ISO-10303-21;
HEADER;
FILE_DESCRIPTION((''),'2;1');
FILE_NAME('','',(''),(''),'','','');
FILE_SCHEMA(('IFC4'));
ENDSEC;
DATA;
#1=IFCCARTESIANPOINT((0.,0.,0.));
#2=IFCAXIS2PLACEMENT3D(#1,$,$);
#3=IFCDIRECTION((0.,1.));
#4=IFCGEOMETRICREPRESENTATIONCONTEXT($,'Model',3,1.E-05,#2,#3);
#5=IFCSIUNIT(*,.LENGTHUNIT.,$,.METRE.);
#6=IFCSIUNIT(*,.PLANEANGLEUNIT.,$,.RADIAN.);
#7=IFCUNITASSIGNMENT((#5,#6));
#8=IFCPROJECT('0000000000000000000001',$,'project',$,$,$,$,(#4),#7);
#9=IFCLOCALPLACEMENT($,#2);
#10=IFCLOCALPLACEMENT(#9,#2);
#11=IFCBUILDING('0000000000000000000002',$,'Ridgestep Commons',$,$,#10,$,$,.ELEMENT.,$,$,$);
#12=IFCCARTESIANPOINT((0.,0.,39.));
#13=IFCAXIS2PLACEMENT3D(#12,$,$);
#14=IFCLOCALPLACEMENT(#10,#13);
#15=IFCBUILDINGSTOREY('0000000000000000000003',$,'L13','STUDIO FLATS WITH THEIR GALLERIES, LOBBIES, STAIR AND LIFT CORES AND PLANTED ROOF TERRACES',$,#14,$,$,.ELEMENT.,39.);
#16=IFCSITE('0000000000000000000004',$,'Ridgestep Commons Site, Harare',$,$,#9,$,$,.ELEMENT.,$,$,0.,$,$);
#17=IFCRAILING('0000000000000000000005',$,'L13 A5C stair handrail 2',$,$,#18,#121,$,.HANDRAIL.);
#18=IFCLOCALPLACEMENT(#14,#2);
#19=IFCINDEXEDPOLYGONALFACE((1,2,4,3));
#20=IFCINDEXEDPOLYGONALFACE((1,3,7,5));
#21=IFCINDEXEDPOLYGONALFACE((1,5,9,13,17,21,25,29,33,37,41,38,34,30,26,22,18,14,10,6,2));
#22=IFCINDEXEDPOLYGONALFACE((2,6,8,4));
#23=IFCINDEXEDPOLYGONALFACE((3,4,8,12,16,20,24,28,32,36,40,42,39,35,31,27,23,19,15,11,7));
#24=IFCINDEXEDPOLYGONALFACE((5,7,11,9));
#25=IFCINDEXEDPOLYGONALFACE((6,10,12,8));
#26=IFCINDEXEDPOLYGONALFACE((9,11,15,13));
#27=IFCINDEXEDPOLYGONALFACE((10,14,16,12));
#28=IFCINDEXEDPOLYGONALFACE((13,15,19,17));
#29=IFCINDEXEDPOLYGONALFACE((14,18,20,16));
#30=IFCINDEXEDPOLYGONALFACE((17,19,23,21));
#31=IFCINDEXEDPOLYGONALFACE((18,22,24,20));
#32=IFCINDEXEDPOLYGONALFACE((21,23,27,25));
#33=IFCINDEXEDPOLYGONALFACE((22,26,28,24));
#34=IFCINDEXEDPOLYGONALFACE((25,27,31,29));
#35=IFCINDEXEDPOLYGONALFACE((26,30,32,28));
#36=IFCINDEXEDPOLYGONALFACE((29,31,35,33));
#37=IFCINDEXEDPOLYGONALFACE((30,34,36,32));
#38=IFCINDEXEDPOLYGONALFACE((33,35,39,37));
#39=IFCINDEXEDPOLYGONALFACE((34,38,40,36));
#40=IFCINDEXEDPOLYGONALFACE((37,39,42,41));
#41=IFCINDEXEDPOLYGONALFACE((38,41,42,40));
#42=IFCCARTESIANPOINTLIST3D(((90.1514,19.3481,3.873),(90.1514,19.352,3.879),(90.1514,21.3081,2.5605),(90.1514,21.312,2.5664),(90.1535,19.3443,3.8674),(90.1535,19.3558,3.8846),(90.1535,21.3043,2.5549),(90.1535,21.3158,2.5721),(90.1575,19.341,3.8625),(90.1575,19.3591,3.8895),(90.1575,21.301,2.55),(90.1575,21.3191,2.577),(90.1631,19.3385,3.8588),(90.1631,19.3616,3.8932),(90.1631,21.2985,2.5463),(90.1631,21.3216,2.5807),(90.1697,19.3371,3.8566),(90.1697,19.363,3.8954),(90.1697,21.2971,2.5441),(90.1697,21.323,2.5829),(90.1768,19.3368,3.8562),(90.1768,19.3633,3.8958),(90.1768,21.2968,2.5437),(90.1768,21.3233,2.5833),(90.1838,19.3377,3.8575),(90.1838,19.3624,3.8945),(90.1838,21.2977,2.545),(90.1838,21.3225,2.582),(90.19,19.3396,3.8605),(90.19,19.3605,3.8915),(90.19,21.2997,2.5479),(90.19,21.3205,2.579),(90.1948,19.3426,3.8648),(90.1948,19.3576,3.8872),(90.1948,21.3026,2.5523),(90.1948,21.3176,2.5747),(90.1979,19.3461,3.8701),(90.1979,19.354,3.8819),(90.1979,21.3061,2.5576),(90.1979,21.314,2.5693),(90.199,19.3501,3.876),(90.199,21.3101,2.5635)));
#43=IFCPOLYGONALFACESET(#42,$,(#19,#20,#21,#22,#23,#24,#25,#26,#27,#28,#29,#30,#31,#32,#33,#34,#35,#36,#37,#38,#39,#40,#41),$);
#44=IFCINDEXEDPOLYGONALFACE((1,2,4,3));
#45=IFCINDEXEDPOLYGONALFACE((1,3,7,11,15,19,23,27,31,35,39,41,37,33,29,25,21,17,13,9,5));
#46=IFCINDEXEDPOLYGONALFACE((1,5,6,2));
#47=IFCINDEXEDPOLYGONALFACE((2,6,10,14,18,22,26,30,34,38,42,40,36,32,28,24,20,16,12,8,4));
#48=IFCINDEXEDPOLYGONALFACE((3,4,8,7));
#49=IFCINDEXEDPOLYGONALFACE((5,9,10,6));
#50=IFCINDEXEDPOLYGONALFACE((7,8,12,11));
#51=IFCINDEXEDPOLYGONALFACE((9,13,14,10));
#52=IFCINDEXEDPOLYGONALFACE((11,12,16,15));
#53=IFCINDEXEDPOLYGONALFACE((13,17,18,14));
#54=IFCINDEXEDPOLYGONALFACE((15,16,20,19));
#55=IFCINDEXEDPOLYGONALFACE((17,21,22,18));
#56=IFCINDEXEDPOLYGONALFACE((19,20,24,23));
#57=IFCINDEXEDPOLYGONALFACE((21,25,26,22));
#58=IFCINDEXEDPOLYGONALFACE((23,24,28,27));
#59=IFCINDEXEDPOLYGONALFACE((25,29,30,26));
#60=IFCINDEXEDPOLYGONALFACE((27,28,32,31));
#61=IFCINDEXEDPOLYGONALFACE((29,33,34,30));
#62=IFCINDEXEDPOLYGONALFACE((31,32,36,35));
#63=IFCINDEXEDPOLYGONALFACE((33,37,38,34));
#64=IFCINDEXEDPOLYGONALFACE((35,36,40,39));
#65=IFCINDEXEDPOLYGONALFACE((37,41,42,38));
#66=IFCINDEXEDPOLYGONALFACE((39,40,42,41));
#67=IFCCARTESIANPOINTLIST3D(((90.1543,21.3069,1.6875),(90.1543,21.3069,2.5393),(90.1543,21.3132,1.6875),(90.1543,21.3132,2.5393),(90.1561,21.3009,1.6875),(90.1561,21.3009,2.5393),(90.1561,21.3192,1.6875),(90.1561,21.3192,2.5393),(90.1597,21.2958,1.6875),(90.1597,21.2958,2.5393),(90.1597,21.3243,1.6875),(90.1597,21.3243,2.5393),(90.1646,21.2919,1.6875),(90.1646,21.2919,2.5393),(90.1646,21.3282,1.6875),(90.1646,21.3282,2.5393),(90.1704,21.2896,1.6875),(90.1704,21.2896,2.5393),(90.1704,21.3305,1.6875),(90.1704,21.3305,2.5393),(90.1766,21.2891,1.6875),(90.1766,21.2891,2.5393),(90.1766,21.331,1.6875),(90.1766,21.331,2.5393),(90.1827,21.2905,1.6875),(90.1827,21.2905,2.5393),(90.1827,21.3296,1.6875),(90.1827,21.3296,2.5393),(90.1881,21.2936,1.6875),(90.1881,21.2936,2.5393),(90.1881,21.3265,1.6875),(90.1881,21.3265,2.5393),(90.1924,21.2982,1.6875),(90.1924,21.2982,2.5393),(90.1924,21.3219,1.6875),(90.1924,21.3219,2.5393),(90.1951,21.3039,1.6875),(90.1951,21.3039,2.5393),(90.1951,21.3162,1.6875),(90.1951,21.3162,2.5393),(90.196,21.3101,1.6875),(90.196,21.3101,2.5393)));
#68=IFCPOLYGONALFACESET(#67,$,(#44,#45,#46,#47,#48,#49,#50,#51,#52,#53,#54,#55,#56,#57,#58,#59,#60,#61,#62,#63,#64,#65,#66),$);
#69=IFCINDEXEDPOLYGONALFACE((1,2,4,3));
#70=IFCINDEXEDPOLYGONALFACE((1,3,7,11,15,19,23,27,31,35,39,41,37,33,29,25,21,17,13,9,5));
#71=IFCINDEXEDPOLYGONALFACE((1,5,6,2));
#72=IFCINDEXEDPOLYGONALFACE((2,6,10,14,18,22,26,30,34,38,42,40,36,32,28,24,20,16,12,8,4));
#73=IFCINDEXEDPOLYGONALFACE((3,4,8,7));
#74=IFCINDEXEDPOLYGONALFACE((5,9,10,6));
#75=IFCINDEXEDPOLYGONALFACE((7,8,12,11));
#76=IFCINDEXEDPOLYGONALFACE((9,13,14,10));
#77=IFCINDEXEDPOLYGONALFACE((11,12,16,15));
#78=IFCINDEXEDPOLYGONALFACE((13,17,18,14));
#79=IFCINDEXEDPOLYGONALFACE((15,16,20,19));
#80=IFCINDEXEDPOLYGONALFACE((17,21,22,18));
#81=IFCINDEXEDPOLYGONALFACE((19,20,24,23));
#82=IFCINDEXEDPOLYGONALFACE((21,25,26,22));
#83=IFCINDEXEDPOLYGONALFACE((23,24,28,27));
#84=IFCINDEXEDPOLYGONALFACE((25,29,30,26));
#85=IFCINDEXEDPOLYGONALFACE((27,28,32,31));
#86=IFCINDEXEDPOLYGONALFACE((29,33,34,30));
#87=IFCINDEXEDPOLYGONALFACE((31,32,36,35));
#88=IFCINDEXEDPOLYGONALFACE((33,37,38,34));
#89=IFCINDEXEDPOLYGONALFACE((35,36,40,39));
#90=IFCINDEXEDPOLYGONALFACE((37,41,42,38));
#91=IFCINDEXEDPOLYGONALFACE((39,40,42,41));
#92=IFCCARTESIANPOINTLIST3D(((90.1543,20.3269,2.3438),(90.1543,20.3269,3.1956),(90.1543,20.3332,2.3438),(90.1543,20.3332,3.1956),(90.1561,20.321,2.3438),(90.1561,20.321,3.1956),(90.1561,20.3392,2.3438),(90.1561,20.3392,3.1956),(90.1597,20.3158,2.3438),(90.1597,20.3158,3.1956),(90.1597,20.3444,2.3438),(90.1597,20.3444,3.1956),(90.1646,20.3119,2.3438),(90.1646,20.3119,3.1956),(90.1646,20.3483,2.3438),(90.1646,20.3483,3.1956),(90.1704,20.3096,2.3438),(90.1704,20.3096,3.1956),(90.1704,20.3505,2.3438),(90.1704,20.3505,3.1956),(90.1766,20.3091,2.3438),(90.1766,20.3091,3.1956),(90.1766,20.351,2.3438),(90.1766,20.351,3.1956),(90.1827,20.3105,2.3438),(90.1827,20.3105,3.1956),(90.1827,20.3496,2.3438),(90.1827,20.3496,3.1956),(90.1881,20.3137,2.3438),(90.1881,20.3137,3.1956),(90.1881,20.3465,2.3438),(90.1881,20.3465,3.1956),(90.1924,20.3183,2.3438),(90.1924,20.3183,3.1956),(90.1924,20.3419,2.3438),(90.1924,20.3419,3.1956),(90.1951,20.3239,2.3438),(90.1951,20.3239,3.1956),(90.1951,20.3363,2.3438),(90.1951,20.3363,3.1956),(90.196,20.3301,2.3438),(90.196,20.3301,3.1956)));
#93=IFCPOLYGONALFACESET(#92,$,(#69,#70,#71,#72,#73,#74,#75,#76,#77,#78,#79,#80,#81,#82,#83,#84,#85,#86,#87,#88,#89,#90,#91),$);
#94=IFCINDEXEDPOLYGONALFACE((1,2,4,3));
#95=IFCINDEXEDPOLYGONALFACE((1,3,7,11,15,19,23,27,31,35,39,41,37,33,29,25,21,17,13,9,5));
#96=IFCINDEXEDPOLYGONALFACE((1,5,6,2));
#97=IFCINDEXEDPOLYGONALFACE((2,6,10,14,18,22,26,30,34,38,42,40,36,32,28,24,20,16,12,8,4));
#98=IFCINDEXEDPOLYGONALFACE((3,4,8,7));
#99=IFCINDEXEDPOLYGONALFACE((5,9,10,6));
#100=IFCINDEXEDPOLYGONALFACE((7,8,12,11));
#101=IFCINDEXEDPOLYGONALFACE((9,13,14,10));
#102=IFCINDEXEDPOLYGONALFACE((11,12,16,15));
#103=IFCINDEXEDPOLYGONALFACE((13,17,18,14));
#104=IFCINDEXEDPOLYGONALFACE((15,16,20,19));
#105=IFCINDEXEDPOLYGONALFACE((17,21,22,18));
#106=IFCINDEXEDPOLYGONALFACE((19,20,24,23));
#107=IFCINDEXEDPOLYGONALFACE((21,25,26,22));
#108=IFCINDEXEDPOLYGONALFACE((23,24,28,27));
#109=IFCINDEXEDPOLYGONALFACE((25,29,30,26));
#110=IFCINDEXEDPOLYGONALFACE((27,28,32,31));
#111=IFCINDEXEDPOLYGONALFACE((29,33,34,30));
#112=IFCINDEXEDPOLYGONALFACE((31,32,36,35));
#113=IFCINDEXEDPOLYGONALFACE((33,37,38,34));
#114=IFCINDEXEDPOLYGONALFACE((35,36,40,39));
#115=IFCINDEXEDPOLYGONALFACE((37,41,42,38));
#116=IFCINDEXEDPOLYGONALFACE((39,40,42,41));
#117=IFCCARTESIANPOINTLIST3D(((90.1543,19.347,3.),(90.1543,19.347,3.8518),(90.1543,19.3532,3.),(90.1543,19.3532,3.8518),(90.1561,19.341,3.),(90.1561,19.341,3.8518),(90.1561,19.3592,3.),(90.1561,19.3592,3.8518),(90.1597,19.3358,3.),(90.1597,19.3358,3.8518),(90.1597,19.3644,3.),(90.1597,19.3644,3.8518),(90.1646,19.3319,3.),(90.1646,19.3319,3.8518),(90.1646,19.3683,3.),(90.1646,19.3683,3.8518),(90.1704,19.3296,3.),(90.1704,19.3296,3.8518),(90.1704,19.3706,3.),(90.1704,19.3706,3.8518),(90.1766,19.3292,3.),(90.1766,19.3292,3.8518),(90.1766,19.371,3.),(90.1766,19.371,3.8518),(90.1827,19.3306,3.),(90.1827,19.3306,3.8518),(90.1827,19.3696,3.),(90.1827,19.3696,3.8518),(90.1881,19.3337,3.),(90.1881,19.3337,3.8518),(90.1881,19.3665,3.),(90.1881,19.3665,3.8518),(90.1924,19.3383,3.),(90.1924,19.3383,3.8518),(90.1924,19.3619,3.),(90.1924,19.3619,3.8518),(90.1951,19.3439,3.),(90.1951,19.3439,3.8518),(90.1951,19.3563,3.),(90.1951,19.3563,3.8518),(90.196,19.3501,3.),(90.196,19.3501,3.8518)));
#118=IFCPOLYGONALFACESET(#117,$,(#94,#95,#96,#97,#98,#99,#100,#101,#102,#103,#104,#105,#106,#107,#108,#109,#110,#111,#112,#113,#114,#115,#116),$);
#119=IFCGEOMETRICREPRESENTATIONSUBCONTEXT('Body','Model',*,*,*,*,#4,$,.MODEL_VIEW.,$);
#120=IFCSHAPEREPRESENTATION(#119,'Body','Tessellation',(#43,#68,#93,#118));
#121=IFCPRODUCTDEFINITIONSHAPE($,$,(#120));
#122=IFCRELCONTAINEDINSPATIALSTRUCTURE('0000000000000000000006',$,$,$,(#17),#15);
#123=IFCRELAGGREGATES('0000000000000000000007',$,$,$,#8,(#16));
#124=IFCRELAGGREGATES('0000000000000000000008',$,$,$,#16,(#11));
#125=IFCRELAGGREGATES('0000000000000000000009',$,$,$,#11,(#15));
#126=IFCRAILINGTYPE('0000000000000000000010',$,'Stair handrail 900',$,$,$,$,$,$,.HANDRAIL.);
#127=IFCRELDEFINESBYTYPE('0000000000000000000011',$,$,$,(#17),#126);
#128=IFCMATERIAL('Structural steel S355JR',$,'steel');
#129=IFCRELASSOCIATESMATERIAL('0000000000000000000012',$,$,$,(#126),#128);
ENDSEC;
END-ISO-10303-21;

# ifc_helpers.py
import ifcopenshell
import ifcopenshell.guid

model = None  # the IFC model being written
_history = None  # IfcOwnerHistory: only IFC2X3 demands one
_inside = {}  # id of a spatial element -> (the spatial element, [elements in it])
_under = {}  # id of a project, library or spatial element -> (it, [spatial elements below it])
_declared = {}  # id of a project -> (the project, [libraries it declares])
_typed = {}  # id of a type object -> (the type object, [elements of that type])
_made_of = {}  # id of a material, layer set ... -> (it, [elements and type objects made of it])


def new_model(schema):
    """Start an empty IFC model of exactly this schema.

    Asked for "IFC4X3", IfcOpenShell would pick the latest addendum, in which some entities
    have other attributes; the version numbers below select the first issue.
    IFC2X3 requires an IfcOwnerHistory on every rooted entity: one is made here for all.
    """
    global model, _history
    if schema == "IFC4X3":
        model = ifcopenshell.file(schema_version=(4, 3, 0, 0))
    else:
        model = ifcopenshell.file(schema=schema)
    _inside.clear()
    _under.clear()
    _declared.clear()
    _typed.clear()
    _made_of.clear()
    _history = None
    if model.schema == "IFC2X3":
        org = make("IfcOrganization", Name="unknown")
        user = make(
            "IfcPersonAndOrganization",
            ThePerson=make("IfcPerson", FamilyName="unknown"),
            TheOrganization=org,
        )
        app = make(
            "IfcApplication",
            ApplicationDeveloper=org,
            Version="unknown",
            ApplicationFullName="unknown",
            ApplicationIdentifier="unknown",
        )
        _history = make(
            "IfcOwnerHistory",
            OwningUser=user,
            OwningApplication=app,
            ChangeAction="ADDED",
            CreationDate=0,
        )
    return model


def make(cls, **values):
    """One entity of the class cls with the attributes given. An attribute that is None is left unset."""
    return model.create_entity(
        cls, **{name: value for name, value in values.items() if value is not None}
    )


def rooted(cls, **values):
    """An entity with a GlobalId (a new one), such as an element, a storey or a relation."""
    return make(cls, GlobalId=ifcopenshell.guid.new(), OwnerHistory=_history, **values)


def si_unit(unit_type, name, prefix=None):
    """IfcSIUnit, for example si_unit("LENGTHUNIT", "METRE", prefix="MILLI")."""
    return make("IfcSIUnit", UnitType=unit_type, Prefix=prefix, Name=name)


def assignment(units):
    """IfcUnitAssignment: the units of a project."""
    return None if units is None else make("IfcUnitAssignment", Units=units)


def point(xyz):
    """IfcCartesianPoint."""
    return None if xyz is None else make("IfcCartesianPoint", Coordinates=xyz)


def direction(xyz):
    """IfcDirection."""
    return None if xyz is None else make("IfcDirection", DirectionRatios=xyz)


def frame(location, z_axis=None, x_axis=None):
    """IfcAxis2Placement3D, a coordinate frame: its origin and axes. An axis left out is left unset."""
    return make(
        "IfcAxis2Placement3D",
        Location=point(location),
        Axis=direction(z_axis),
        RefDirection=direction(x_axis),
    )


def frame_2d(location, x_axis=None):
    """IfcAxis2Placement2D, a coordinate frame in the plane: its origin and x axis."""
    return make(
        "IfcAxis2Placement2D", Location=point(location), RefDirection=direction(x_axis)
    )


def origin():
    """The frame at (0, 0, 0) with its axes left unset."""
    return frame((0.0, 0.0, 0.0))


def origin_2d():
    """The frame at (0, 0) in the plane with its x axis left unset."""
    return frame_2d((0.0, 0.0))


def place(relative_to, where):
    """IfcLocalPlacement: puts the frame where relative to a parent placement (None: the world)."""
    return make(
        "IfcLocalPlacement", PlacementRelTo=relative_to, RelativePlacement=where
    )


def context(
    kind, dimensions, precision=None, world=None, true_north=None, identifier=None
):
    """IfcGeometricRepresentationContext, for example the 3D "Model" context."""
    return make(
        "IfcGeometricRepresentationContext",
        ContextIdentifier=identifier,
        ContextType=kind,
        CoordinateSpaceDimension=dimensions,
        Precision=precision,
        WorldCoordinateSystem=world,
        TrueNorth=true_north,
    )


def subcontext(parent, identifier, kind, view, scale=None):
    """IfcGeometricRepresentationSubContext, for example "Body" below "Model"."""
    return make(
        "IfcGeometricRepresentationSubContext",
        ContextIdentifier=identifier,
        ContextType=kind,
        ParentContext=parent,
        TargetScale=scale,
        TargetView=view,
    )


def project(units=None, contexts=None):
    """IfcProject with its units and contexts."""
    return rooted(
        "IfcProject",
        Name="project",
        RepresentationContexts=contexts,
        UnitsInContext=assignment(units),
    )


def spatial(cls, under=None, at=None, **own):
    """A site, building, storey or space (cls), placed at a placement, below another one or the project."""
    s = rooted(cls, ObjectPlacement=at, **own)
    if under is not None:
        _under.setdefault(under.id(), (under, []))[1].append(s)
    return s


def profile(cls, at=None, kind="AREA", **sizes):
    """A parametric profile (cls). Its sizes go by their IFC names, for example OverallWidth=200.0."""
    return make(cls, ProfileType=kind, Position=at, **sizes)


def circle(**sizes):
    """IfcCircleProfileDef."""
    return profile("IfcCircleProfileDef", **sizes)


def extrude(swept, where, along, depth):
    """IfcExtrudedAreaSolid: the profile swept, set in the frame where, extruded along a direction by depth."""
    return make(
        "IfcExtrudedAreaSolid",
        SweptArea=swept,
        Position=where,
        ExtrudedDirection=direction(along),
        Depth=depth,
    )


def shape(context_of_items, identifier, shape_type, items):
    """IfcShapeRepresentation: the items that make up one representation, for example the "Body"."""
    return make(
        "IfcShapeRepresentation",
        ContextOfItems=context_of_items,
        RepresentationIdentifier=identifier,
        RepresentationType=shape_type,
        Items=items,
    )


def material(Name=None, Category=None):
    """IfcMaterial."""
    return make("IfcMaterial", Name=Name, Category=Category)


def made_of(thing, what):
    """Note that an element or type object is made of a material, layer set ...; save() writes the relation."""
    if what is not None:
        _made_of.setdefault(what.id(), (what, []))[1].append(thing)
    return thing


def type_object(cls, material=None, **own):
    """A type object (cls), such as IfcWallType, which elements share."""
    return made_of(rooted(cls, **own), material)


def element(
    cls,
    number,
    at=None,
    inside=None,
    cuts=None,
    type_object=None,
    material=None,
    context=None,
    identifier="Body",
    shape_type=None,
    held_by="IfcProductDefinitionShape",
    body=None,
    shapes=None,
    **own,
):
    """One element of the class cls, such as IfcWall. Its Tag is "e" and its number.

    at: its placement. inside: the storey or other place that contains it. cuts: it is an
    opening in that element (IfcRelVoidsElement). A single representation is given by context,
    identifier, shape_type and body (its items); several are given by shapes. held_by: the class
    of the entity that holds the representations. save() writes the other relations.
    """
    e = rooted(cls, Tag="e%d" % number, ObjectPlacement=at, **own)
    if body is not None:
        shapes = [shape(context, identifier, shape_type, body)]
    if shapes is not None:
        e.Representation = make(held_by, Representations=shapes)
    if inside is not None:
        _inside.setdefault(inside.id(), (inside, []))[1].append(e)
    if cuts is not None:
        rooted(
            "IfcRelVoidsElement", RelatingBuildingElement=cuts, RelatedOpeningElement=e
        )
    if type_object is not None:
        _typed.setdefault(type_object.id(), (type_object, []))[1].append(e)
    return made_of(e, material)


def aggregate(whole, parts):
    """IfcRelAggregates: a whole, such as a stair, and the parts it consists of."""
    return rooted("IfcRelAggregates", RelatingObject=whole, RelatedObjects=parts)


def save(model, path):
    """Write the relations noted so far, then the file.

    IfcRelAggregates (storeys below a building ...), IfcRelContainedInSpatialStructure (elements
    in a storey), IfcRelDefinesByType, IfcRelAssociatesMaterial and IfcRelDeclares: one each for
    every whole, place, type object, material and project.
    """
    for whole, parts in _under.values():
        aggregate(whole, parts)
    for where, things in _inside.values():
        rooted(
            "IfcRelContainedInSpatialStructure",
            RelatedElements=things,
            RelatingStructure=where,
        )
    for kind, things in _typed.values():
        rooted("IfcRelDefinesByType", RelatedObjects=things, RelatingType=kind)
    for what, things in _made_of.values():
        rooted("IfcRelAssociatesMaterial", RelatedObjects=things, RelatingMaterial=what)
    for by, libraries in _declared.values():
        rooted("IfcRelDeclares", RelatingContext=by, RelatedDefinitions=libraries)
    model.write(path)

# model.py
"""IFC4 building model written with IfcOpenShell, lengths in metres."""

from ifc_helpers import new_model, si_unit, direction, frame, origin, origin_2d, place, context, subcontext, project, spatial, circle, extrude, material, type_object, element, save


model = new_model("IFC4")

# Units and contexts
model_context = context("Model", 3, precision=1e-05, world=origin(), true_north=direction((0.0, 1.0)))
body_context = subcontext(model_context, "Body", "Model", "MODEL_VIEW")
ifc_project = project(units=[si_unit("LENGTHUNIT", "METRE"), si_unit("PLANEANGLEUNIT", "RADIAN")], contexts=[model_context])

# Site, building, storey
site_placement = place(None, origin())
site = spatial("IfcSite", under=ifc_project, at=site_placement, Name="Ridgestep Commons Site, Harare", CompositionType="ELEMENT", RefElevation=0.0)
building_placement = place(site_placement, origin())
building = spatial("IfcBuilding", under=site, at=building_placement, Name="Ridgestep Commons", CompositionType="ELEMENT")
storey_placement = place(building_placement, frame((0.0, 0.0, 39.0)))
storey = spatial("IfcBuildingStorey", under=building, at=storey_placement, Name="L13", Description="STUDIO FLATS WITH THEIR GALLERIES, LOBBIES, STAIR AND LIFT CORES AND PLANTED ROOF TERRACES", CompositionType="ELEMENT", Elevation=39.0)

# Railing
ifc_material_1 = material(Name="Structural steel S355JR", Category="steel")
railing_type_1 = type_object("IfcRailingType", Name="Stair handrail 900", PredefinedType="HANDRAIL", material=ifc_material_1)
railing_1_placement = place(storey_placement, frame((90.175, 21.3101, 1.6875)))
element("IfcRailing", 1, at=railing_1_placement, inside=storey, type_object=railing_type_1, Name="L13 A5C stair handrail 2", PredefinedType="HANDRAIL", context=body_context, shape_type="SweptSolid", body=[
    extrude(circle(Radius=0.0239, at=origin_2d()), frame((0.0, 0.0, 0.876), z_axis=(0.0, -0.830902, 0.556419), x_axis=(1.0, 0.0, 0.0)), (0.0, 0.0, 1.0), 2.3589),
    extrude(circle(Radius=0.021, at=origin_2d()), origin(), (0.0, 0.0, 1.0), 0.8518),
    extrude(circle(Radius=0.021, at=origin_2d()), frame((0.0, -0.98, 0.6562)), (0.0, 0.0, 1.0), 0.8518),
    extrude(circle(Radius=0.021, at=origin_2d()), frame((0.0, -1.96, 1.3125)), (0.0, 0.0, 1.0), 0.8518),
])

save(model, "model.ifc")
